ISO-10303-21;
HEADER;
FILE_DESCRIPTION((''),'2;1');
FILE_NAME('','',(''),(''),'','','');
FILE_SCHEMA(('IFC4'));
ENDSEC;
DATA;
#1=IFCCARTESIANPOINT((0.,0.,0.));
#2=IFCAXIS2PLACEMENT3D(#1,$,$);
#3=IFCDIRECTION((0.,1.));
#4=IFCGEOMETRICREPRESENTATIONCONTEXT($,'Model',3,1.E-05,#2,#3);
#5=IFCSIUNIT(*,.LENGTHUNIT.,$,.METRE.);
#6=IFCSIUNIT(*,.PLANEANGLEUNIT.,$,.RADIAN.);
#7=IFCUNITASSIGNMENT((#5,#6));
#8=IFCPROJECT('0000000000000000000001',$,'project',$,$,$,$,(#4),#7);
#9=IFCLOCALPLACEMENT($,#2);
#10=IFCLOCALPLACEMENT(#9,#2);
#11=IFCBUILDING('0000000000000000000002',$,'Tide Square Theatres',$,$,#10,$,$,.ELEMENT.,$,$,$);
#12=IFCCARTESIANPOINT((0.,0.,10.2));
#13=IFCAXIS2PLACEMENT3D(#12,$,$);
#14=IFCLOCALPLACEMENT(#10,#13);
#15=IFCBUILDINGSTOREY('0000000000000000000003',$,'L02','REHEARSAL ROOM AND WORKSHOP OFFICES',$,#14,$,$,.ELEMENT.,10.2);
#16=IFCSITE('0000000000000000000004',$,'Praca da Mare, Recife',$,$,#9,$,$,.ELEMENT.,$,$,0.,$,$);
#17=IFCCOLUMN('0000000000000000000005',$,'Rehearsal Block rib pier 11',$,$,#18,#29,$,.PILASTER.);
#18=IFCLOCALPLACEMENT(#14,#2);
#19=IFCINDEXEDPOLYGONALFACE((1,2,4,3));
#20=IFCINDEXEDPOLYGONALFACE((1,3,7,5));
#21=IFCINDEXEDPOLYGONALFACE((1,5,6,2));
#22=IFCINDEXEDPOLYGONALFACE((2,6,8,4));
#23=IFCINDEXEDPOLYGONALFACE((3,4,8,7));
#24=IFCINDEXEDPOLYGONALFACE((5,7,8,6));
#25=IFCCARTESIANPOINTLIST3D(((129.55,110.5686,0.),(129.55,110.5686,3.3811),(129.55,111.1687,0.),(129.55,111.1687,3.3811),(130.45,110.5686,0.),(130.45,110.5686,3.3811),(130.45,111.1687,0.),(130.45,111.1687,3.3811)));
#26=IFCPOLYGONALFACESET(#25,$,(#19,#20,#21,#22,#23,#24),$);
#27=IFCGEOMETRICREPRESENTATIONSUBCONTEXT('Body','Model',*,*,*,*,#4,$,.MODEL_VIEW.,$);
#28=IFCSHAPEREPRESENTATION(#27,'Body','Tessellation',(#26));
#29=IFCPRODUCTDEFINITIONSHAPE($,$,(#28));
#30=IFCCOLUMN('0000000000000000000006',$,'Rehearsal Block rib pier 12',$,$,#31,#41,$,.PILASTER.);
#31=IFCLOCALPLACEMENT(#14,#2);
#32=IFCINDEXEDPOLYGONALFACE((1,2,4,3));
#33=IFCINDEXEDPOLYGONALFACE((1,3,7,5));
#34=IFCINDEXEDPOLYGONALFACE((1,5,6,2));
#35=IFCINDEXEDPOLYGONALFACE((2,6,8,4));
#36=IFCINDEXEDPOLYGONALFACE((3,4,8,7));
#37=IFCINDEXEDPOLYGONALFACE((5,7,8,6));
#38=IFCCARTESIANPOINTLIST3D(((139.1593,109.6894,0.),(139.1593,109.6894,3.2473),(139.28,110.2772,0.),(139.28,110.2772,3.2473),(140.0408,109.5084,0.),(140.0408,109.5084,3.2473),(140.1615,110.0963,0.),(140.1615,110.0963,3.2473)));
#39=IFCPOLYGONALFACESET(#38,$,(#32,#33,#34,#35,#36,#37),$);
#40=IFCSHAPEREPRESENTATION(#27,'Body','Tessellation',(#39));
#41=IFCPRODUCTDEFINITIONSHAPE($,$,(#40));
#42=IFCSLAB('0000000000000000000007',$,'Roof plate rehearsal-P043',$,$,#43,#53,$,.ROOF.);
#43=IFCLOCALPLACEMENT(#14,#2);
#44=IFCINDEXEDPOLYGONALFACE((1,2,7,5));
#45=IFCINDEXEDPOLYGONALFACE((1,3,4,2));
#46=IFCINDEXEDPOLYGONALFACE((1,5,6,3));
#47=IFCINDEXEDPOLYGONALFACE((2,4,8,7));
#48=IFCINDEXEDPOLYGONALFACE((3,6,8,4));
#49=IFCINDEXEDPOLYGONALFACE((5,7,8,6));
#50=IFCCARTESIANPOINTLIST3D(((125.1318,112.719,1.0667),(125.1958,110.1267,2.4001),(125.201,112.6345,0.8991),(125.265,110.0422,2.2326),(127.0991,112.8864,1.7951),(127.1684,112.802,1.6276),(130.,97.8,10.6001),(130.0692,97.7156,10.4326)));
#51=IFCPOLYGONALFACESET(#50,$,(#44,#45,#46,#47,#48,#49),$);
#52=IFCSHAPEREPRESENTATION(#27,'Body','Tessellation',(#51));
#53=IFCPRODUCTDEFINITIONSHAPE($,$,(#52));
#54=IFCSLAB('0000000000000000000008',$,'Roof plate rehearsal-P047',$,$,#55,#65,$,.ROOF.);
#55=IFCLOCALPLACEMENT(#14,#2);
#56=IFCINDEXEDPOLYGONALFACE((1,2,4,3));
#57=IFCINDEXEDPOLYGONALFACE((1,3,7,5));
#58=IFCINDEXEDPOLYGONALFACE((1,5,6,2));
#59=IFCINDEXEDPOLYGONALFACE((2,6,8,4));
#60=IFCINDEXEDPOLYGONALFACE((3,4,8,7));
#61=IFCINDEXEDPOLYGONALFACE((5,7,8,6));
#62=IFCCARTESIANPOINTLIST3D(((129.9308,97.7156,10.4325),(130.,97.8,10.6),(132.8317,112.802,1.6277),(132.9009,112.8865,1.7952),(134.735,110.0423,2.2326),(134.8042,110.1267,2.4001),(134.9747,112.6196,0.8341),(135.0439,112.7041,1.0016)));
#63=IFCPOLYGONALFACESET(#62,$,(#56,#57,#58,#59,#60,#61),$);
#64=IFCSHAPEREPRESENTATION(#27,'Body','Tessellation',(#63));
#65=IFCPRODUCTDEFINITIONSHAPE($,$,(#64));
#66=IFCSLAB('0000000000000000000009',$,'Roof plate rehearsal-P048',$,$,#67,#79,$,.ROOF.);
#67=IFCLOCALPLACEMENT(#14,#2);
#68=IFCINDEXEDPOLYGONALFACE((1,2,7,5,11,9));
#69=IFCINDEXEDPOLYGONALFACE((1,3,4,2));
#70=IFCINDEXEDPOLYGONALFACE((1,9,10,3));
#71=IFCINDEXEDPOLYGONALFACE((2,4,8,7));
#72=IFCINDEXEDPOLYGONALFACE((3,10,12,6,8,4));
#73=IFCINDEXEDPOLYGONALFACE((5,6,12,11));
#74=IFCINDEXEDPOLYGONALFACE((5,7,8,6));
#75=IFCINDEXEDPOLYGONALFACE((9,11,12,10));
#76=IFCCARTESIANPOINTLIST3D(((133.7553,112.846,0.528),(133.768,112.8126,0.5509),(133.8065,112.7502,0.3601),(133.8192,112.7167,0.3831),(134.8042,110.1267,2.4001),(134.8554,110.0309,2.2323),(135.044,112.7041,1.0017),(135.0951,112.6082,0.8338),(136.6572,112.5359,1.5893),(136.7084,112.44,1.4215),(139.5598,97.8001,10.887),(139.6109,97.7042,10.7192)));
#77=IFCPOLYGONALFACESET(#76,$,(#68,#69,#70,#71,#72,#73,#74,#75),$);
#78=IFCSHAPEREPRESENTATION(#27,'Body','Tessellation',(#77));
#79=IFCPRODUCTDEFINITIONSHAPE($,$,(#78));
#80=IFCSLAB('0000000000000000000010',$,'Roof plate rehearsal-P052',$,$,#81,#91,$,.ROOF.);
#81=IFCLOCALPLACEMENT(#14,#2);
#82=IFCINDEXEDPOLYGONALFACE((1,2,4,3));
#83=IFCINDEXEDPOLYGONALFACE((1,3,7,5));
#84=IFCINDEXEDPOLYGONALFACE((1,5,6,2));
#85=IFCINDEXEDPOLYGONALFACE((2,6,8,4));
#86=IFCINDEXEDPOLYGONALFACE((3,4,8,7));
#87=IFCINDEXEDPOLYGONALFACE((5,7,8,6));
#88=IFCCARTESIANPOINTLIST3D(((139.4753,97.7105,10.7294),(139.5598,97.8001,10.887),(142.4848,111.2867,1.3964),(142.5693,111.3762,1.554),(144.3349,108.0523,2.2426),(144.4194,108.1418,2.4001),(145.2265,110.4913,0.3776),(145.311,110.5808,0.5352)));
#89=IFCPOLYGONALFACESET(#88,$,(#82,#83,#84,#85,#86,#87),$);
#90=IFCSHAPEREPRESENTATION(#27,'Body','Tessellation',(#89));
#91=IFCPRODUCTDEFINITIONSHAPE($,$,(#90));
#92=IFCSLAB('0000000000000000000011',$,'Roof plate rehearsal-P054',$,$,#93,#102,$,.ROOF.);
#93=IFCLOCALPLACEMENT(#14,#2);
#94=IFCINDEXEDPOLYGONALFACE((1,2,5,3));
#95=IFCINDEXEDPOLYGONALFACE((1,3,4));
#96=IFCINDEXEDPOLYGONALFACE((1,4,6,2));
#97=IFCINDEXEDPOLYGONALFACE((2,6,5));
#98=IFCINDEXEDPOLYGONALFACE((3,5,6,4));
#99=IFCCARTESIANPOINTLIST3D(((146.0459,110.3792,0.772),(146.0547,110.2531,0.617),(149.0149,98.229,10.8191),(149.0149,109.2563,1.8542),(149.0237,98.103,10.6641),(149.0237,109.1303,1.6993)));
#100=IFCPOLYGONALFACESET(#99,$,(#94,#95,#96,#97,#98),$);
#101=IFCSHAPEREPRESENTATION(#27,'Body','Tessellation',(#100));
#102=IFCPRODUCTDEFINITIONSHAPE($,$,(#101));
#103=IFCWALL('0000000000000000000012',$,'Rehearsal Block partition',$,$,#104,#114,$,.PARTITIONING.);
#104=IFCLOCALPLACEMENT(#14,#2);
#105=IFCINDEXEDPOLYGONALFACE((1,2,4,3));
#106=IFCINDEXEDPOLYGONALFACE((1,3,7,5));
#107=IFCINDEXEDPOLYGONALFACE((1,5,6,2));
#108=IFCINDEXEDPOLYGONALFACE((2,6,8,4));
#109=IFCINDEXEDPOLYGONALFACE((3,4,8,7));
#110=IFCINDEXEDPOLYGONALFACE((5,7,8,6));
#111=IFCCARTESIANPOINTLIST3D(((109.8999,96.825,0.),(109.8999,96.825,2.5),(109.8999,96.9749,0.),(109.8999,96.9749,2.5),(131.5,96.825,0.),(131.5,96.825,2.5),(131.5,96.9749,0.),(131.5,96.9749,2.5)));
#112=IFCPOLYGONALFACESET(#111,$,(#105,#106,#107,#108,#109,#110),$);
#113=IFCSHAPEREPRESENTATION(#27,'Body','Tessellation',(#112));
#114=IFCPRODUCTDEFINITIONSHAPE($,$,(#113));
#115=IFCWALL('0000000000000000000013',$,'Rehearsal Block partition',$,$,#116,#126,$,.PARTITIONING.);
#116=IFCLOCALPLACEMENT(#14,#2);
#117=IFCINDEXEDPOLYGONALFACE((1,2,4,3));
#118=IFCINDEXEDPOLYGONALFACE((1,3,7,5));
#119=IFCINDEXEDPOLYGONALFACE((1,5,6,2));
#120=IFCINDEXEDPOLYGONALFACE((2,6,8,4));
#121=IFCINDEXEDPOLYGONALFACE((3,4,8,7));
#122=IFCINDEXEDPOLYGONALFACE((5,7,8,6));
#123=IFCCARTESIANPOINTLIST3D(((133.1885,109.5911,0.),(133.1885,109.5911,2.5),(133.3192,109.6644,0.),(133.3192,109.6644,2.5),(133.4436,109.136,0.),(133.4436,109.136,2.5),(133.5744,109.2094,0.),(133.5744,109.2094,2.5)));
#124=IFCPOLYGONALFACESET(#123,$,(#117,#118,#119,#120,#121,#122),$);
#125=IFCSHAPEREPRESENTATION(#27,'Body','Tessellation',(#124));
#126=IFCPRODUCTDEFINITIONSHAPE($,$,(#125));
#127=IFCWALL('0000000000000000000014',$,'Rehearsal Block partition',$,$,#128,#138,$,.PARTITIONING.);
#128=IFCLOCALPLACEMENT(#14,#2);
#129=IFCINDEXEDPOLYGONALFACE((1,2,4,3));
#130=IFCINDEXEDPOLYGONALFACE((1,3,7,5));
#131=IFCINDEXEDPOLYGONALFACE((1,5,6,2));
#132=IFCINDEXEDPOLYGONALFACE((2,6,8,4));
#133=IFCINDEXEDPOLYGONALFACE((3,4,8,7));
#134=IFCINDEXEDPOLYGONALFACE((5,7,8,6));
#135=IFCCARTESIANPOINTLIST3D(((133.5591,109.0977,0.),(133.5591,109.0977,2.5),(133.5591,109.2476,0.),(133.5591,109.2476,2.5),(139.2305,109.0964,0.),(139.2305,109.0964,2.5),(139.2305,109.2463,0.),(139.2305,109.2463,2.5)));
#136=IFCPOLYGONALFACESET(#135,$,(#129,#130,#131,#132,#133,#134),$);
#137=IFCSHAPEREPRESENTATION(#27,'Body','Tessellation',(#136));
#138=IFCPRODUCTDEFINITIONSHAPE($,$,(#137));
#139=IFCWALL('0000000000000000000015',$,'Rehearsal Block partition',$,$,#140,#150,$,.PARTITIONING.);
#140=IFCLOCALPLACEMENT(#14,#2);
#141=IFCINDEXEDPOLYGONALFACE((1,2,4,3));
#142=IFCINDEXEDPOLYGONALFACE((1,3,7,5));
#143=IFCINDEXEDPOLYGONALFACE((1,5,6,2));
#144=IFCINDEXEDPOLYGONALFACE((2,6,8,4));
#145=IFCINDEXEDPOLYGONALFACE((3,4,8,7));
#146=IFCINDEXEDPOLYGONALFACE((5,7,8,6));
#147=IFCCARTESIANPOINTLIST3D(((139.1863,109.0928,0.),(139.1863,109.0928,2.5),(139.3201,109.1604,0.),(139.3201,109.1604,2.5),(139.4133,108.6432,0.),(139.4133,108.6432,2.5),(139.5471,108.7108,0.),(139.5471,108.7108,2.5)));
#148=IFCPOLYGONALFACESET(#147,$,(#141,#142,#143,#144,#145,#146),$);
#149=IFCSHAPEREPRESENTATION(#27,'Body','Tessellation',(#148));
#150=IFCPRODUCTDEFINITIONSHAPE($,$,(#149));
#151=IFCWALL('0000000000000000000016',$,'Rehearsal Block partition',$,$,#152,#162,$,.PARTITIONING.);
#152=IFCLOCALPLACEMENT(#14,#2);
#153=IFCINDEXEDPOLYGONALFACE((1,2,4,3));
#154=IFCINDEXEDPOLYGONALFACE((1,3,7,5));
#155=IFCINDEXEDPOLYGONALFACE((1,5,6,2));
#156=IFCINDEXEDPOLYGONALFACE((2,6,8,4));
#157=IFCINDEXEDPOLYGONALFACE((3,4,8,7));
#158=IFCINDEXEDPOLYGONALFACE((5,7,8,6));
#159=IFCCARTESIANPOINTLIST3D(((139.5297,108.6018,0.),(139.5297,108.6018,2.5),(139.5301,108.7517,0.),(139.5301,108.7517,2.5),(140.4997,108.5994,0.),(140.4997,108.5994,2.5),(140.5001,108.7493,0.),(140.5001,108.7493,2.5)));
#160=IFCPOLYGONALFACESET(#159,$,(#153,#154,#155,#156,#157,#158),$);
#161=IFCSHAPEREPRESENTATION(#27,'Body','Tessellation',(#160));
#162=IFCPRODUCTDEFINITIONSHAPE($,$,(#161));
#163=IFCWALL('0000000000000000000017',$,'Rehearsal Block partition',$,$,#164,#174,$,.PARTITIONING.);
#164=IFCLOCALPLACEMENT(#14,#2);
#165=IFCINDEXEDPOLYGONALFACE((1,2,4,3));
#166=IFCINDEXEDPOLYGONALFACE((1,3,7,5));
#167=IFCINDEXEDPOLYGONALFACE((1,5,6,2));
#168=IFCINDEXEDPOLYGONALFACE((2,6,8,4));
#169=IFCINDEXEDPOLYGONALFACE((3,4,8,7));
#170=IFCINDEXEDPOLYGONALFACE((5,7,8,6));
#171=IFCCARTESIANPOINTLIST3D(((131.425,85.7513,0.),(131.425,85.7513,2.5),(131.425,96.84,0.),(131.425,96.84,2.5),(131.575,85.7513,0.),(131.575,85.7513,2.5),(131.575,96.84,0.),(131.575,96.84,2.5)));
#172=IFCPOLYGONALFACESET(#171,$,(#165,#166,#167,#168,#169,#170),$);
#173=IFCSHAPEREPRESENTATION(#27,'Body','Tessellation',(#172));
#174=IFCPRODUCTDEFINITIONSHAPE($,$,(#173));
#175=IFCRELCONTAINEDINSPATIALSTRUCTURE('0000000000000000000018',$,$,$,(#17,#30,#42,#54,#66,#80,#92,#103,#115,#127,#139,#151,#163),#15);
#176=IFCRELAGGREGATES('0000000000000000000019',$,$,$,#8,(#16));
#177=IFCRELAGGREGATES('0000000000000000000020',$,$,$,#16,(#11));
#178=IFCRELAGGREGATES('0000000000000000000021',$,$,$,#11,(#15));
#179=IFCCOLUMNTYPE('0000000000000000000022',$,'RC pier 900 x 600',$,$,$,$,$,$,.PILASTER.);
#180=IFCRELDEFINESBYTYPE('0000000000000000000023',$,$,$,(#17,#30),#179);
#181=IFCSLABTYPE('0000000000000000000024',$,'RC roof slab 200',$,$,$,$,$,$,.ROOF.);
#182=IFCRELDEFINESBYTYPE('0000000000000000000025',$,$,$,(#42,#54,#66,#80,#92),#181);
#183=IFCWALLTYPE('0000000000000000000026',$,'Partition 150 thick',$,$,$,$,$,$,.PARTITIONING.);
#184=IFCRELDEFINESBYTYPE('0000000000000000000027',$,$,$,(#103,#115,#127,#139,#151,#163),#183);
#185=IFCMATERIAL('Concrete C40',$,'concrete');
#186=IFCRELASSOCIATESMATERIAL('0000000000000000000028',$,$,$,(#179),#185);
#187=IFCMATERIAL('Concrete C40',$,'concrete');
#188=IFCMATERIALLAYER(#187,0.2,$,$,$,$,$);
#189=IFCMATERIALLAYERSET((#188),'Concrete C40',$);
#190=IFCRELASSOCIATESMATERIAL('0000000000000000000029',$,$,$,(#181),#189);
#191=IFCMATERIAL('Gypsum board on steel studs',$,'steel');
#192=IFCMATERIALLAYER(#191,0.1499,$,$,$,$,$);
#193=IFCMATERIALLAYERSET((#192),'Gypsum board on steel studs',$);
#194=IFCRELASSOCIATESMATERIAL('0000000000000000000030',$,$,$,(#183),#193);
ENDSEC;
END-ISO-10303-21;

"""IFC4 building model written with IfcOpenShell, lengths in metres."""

from ifc_helpers import new_model, si_unit, direction, frame, frame_2d, origin, origin_2d, place, context, subcontext, project, spatial, polyline, rectangle, outline, extrude, material, layer, layer_set, material_profile, profile_set, type_object, element, save


model = new_model("IFC4")

# Units and contexts
model_context = context("Model", 3, precision=1e-05, world=origin(), true_north=direction((0.0, 1.0)))
body_context = subcontext(model_context, "Body", "Model", "MODEL_VIEW")
ifc_project = project(units=[si_unit("LENGTHUNIT", "METRE"), si_unit("PLANEANGLEUNIT", "RADIAN")], contexts=[model_context])

# Site, building, storey
site_placement = place(None, origin())
site = spatial("IfcSite", under=ifc_project, at=site_placement, Name="Praca da Mare, Recife", CompositionType="ELEMENT", RefElevation=0.0)
building_placement = place(site_placement, origin())
building = spatial("IfcBuilding", under=site, at=building_placement, Name="Tide Square Theatres", CompositionType="ELEMENT")
storey_placement = place(building_placement, frame((0.0, 0.0, 10.2)))
storey = spatial("IfcBuildingStorey", under=building, at=storey_placement, Name="L02", Description="REHEARSAL ROOM AND WORKSHOP OFFICES", CompositionType="ELEMENT", Elevation=10.2)

# Columns
ifc_material_1 = material(Name="Concrete C40", Category="concrete")
ifc_material_profile = material_profile(ifc_material_1, rectangle(XDim=0.8999, YDim=0.6001, at=origin_2d()))
ifc_profile_set = profile_set([ifc_material_profile], Name="Concrete C40")
column_type = type_object("IfcColumnType", Name="RC pier 900 x 600", PredefinedType="PILASTER", material=ifc_profile_set)
column_1_placement = place(storey_placement, frame((130.0, 110.8687, 0.0), z_axis=(0.0, 0.0, 1.0), x_axis=(-1.0, 0.0, 0.0)))
element("IfcColumn", 1, at=column_1_placement, inside=storey, type_object=column_type, Name="Rehearsal Block rib pier 11", PredefinedType="PILASTER", context=body_context, shape_type="SweptSolid", body=[
    extrude(rectangle(XDim=0.8999, YDim=0.6001, at=origin_2d()), origin(), (0.0, 0.0, 1.0), 3.3811),
])
column_2_placement = place(storey_placement, frame((139.6604, 109.8928, 0.0), z_axis=(0.0, 0.0, 1.0), x_axis=(-0.979575, 0.201079, 0.0)))
element("IfcColumn", 2, at=column_2_placement, inside=storey, type_object=column_type, Name="Rehearsal Block rib pier 12", PredefinedType="PILASTER", context=body_context, shape_type="SweptSolid", body=[
    extrude(rectangle(XDim=0.8999, YDim=0.6001, at=origin_2d()), origin(), (0.0, 0.0, 1.0), 3.2473),
])

# Slabs
ifc_material_2 = material(Name="Concrete C40", Category="concrete")
ifc_layer_1 = layer(ifc_material_2, 0.2)
ifc_layer_set_1 = layer_set([ifc_layer_1], Name="Concrete C40")
slab_type = type_object("IfcSlabType", Name="RC roof slab 200", PredefinedType="ROOF", material=ifc_layer_set_1)
slab_1_placement = place(storey_placement, frame((130.0, 97.8, 10.6001), z_axis=(-0.346149, 0.422369, 0.837726), x_axis=(-0.163824, 0.851996, -0.497257)))
element("IfcSlab", 3, at=slab_1_placement, inside=storey, type_object=slab_type, Name="Roof plate rehearsal-P043", PredefinedType="ROOF", context=body_context, shape_type="SweptSolid", body=[
    extrude(outline(polyline([(0.0, 0.0), (17.7071, 0.0), (18.249, 2.0336), (15.3668, 2.4754), (0.0, 0.0)])), origin(), (0.0, 0.0, -1.0), 0.2),
])
slab_2_placement = place(storey_placement, frame((132.9009, 112.8865, 1.7952), z_axis=(0.346141, 0.422365, 0.837731), x_axis=(-0.163827, -0.851999, 0.49725)))
element("IfcSlab", 4, at=slab_2_placement, inside=storey, type_object=slab_type, Name="Roof plate rehearsal-P047", PredefinedType="ROOF", context=body_context, shape_type="SweptSolid", body=[
    extrude(outline(polyline([(0.0, 0.0), (17.7071, 0.0), (2.3403, 2.4754), (-0.5903, 2.2152), (0.0, 0.0)])), origin(), (0.0, 0.0, -1.0), 0.2),
])
slab_3_placement = place(storey_placement, frame((134.8042, 110.1267, 2.4001), z_axis=(-0.25583, 0.479317, 0.839528), x_axis=(0.302844, -0.784978, 0.540458)))
element("IfcSlab", 5, at=slab_3_placement, inside=storey, type_object=slab_type, Name="Roof plate rehearsal-P048", PredefinedType="ROOF", context=body_context, shape_type="SweptSolid", body=[
    extrude(outline(polyline([(0.0, 0.0), (15.7031, 0.0), (-1.7682, 2.6017), (-3.4641, 0.0002), (-3.4216, 0.0), (-2.7064, 1.1539), (0.0, 0.0)])), origin(), (0.0, 0.0, -1.0), 0.2),
])
slab_4_placement = place(storey_placement, frame((142.5693, 111.3762, 1.554), z_axis=(0.422699, 0.447908, 0.787848), x_axis=(-0.179701, -0.810644, 0.557282)))
element("IfcSlab", 6, at=slab_4_placement, inside=storey, type_object=slab_type, Name="Roof plate rehearsal-P052", PredefinedType="ROOF", context=body_context, shape_type="SweptSolid", body=[
    extrude(outline(polyline([(0.0, 0.0), (16.7474, 0.0), (2.761, 2.6414), (-0.4156, 3.0025), (0.0, 0.0)])), origin(), (0.0, 0.0, -1.0), 0.2),
])
slab_5_placement = place(storey_placement, frame((146.0459, 110.3792, 0.772), z_axis=(-0.044249, 0.630192, 0.775177), x_axis=(0.185062, -0.757337, 0.626252)))
element("IfcSlab", 7, at=slab_5_placement, inside=storey, type_object=slab_type, Name="Roof plate rehearsal-P054", PredefinedType="ROOF", context=body_context, shape_type="SweptSolid", body=[
    extrude(outline(polyline([(0.0, 0.0), (16.0432, 0.0), (2.0776, 2.6326), (0.0, 0.0)])), origin(), (0.0, 0.0, -1.0), 0.2),
])

# Walls
ifc_material_3 = material(Name="Gypsum board on steel studs", Category="steel")
ifc_layer_2 = layer(ifc_material_3, 0.1499)
ifc_layer_set_2 = layer_set([ifc_layer_2], Name="Gypsum board on steel studs")
wall_type_1 = type_object("IfcWallType", Name="Partition 150 thick", PredefinedType="PARTITIONING", material=ifc_layer_set_2)
wall_1_placement = place(storey_placement, frame((131.5, 96.8999, 0.0), z_axis=(0.0, 0.0, 1.0), x_axis=(-1.0, 0.0, 0.0)))
element("IfcWall", 8, at=wall_1_placement, inside=storey, type_object=wall_type_1, Name="Rehearsal Block partition", PredefinedType="PARTITIONING", context=body_context, shape_type="SweptSolid", body=[
    extrude(rectangle(XDim=21.6001, YDim=0.1499, at=frame_2d((10.8, 0.0))), origin(), (0.0, 0.0, 1.0), 2.5),
])
wall_2_placement = place(storey_placement, frame((133.2539, 109.6277, 0.0), z_axis=(0.0, 0.0, 1.0), x_axis=(0.489017, -0.872275, 0.0)))
element("IfcWall", 9, at=wall_2_placement, inside=storey, type_object=wall_type_1, Name="Rehearsal Block partition", PredefinedType="PARTITIONING", context=body_context, shape_type="SweptSolid", body=[
    extrude(rectangle(XDim=0.5217, YDim=0.1499, at=frame_2d((0.2607, 0.0))), origin(), (0.0, 0.0, 1.0), 2.5),
])
wall_3_placement = place(storey_placement, frame((133.5591, 109.1726, 0.0), z_axis=(0.0, 0.0, 1.0), x_axis=(1.0, -0.000215, 0.0)))
element("IfcWall", 10, at=wall_3_placement, inside=storey, type_object=wall_type_1, Name="Rehearsal Block partition", PredefinedType="PARTITIONING", context=body_context, shape_type="SweptSolid", body=[
    extrude(rectangle(XDim=5.6714, YDim=0.1499, at=frame_2d((2.8357, 0.0))), origin(), (0.0, 0.0, 1.0), 2.5),
])
wall_4_placement = place(storey_placement, frame((139.2532, 109.1267, 0.0), z_axis=(0.0, 0.0, 1.0), x_axis=(0.450699, -0.892676, 0.0)))
element("IfcWall", 11, at=wall_4_placement, inside=storey, type_object=wall_type_1, Name="Rehearsal Block partition", PredefinedType="PARTITIONING", context=body_context, shape_type="SweptSolid", body=[
    extrude(rectangle(XDim=0.5037, YDim=0.1499, at=frame_2d((0.252, 0.0))), origin(), (0.0, 0.0, 1.0), 2.5),
])
wall_5_placement = place(storey_placement, frame((139.53, 108.6768, 0.0), z_axis=(0.0, 0.0, 1.0), x_axis=(0.999997, -0.002517, 0.0)))
element("IfcWall", 12, at=wall_5_placement, inside=storey, type_object=wall_type_1, Name="Rehearsal Block partition", PredefinedType="PARTITIONING", context=body_context, shape_type="SweptSolid", body=[
    extrude(rectangle(XDim=0.97, YDim=0.1499, at=frame_2d((0.4849, 0.0))), origin(), (0.0, 0.0, 1.0), 2.5),
])
wall_6_placement = place(storey_placement, frame((131.5, 96.8401, 0.0), z_axis=(0.0, 0.0, 1.0), x_axis=(0.0, -1.0, 0.0)))
element("IfcWall", 13, at=wall_6_placement, inside=storey, type_object=wall_type_1, Name="Rehearsal Block partition", PredefinedType="PARTITIONING", context=body_context, shape_type="SweptSolid", body=[
    extrude(rectangle(XDim=11.0886, YDim=0.1499, at=frame_2d((5.5444, 0.0))), origin(), (0.0, 0.0, 1.0), 2.5),
])

save(model, "model.ifc")
